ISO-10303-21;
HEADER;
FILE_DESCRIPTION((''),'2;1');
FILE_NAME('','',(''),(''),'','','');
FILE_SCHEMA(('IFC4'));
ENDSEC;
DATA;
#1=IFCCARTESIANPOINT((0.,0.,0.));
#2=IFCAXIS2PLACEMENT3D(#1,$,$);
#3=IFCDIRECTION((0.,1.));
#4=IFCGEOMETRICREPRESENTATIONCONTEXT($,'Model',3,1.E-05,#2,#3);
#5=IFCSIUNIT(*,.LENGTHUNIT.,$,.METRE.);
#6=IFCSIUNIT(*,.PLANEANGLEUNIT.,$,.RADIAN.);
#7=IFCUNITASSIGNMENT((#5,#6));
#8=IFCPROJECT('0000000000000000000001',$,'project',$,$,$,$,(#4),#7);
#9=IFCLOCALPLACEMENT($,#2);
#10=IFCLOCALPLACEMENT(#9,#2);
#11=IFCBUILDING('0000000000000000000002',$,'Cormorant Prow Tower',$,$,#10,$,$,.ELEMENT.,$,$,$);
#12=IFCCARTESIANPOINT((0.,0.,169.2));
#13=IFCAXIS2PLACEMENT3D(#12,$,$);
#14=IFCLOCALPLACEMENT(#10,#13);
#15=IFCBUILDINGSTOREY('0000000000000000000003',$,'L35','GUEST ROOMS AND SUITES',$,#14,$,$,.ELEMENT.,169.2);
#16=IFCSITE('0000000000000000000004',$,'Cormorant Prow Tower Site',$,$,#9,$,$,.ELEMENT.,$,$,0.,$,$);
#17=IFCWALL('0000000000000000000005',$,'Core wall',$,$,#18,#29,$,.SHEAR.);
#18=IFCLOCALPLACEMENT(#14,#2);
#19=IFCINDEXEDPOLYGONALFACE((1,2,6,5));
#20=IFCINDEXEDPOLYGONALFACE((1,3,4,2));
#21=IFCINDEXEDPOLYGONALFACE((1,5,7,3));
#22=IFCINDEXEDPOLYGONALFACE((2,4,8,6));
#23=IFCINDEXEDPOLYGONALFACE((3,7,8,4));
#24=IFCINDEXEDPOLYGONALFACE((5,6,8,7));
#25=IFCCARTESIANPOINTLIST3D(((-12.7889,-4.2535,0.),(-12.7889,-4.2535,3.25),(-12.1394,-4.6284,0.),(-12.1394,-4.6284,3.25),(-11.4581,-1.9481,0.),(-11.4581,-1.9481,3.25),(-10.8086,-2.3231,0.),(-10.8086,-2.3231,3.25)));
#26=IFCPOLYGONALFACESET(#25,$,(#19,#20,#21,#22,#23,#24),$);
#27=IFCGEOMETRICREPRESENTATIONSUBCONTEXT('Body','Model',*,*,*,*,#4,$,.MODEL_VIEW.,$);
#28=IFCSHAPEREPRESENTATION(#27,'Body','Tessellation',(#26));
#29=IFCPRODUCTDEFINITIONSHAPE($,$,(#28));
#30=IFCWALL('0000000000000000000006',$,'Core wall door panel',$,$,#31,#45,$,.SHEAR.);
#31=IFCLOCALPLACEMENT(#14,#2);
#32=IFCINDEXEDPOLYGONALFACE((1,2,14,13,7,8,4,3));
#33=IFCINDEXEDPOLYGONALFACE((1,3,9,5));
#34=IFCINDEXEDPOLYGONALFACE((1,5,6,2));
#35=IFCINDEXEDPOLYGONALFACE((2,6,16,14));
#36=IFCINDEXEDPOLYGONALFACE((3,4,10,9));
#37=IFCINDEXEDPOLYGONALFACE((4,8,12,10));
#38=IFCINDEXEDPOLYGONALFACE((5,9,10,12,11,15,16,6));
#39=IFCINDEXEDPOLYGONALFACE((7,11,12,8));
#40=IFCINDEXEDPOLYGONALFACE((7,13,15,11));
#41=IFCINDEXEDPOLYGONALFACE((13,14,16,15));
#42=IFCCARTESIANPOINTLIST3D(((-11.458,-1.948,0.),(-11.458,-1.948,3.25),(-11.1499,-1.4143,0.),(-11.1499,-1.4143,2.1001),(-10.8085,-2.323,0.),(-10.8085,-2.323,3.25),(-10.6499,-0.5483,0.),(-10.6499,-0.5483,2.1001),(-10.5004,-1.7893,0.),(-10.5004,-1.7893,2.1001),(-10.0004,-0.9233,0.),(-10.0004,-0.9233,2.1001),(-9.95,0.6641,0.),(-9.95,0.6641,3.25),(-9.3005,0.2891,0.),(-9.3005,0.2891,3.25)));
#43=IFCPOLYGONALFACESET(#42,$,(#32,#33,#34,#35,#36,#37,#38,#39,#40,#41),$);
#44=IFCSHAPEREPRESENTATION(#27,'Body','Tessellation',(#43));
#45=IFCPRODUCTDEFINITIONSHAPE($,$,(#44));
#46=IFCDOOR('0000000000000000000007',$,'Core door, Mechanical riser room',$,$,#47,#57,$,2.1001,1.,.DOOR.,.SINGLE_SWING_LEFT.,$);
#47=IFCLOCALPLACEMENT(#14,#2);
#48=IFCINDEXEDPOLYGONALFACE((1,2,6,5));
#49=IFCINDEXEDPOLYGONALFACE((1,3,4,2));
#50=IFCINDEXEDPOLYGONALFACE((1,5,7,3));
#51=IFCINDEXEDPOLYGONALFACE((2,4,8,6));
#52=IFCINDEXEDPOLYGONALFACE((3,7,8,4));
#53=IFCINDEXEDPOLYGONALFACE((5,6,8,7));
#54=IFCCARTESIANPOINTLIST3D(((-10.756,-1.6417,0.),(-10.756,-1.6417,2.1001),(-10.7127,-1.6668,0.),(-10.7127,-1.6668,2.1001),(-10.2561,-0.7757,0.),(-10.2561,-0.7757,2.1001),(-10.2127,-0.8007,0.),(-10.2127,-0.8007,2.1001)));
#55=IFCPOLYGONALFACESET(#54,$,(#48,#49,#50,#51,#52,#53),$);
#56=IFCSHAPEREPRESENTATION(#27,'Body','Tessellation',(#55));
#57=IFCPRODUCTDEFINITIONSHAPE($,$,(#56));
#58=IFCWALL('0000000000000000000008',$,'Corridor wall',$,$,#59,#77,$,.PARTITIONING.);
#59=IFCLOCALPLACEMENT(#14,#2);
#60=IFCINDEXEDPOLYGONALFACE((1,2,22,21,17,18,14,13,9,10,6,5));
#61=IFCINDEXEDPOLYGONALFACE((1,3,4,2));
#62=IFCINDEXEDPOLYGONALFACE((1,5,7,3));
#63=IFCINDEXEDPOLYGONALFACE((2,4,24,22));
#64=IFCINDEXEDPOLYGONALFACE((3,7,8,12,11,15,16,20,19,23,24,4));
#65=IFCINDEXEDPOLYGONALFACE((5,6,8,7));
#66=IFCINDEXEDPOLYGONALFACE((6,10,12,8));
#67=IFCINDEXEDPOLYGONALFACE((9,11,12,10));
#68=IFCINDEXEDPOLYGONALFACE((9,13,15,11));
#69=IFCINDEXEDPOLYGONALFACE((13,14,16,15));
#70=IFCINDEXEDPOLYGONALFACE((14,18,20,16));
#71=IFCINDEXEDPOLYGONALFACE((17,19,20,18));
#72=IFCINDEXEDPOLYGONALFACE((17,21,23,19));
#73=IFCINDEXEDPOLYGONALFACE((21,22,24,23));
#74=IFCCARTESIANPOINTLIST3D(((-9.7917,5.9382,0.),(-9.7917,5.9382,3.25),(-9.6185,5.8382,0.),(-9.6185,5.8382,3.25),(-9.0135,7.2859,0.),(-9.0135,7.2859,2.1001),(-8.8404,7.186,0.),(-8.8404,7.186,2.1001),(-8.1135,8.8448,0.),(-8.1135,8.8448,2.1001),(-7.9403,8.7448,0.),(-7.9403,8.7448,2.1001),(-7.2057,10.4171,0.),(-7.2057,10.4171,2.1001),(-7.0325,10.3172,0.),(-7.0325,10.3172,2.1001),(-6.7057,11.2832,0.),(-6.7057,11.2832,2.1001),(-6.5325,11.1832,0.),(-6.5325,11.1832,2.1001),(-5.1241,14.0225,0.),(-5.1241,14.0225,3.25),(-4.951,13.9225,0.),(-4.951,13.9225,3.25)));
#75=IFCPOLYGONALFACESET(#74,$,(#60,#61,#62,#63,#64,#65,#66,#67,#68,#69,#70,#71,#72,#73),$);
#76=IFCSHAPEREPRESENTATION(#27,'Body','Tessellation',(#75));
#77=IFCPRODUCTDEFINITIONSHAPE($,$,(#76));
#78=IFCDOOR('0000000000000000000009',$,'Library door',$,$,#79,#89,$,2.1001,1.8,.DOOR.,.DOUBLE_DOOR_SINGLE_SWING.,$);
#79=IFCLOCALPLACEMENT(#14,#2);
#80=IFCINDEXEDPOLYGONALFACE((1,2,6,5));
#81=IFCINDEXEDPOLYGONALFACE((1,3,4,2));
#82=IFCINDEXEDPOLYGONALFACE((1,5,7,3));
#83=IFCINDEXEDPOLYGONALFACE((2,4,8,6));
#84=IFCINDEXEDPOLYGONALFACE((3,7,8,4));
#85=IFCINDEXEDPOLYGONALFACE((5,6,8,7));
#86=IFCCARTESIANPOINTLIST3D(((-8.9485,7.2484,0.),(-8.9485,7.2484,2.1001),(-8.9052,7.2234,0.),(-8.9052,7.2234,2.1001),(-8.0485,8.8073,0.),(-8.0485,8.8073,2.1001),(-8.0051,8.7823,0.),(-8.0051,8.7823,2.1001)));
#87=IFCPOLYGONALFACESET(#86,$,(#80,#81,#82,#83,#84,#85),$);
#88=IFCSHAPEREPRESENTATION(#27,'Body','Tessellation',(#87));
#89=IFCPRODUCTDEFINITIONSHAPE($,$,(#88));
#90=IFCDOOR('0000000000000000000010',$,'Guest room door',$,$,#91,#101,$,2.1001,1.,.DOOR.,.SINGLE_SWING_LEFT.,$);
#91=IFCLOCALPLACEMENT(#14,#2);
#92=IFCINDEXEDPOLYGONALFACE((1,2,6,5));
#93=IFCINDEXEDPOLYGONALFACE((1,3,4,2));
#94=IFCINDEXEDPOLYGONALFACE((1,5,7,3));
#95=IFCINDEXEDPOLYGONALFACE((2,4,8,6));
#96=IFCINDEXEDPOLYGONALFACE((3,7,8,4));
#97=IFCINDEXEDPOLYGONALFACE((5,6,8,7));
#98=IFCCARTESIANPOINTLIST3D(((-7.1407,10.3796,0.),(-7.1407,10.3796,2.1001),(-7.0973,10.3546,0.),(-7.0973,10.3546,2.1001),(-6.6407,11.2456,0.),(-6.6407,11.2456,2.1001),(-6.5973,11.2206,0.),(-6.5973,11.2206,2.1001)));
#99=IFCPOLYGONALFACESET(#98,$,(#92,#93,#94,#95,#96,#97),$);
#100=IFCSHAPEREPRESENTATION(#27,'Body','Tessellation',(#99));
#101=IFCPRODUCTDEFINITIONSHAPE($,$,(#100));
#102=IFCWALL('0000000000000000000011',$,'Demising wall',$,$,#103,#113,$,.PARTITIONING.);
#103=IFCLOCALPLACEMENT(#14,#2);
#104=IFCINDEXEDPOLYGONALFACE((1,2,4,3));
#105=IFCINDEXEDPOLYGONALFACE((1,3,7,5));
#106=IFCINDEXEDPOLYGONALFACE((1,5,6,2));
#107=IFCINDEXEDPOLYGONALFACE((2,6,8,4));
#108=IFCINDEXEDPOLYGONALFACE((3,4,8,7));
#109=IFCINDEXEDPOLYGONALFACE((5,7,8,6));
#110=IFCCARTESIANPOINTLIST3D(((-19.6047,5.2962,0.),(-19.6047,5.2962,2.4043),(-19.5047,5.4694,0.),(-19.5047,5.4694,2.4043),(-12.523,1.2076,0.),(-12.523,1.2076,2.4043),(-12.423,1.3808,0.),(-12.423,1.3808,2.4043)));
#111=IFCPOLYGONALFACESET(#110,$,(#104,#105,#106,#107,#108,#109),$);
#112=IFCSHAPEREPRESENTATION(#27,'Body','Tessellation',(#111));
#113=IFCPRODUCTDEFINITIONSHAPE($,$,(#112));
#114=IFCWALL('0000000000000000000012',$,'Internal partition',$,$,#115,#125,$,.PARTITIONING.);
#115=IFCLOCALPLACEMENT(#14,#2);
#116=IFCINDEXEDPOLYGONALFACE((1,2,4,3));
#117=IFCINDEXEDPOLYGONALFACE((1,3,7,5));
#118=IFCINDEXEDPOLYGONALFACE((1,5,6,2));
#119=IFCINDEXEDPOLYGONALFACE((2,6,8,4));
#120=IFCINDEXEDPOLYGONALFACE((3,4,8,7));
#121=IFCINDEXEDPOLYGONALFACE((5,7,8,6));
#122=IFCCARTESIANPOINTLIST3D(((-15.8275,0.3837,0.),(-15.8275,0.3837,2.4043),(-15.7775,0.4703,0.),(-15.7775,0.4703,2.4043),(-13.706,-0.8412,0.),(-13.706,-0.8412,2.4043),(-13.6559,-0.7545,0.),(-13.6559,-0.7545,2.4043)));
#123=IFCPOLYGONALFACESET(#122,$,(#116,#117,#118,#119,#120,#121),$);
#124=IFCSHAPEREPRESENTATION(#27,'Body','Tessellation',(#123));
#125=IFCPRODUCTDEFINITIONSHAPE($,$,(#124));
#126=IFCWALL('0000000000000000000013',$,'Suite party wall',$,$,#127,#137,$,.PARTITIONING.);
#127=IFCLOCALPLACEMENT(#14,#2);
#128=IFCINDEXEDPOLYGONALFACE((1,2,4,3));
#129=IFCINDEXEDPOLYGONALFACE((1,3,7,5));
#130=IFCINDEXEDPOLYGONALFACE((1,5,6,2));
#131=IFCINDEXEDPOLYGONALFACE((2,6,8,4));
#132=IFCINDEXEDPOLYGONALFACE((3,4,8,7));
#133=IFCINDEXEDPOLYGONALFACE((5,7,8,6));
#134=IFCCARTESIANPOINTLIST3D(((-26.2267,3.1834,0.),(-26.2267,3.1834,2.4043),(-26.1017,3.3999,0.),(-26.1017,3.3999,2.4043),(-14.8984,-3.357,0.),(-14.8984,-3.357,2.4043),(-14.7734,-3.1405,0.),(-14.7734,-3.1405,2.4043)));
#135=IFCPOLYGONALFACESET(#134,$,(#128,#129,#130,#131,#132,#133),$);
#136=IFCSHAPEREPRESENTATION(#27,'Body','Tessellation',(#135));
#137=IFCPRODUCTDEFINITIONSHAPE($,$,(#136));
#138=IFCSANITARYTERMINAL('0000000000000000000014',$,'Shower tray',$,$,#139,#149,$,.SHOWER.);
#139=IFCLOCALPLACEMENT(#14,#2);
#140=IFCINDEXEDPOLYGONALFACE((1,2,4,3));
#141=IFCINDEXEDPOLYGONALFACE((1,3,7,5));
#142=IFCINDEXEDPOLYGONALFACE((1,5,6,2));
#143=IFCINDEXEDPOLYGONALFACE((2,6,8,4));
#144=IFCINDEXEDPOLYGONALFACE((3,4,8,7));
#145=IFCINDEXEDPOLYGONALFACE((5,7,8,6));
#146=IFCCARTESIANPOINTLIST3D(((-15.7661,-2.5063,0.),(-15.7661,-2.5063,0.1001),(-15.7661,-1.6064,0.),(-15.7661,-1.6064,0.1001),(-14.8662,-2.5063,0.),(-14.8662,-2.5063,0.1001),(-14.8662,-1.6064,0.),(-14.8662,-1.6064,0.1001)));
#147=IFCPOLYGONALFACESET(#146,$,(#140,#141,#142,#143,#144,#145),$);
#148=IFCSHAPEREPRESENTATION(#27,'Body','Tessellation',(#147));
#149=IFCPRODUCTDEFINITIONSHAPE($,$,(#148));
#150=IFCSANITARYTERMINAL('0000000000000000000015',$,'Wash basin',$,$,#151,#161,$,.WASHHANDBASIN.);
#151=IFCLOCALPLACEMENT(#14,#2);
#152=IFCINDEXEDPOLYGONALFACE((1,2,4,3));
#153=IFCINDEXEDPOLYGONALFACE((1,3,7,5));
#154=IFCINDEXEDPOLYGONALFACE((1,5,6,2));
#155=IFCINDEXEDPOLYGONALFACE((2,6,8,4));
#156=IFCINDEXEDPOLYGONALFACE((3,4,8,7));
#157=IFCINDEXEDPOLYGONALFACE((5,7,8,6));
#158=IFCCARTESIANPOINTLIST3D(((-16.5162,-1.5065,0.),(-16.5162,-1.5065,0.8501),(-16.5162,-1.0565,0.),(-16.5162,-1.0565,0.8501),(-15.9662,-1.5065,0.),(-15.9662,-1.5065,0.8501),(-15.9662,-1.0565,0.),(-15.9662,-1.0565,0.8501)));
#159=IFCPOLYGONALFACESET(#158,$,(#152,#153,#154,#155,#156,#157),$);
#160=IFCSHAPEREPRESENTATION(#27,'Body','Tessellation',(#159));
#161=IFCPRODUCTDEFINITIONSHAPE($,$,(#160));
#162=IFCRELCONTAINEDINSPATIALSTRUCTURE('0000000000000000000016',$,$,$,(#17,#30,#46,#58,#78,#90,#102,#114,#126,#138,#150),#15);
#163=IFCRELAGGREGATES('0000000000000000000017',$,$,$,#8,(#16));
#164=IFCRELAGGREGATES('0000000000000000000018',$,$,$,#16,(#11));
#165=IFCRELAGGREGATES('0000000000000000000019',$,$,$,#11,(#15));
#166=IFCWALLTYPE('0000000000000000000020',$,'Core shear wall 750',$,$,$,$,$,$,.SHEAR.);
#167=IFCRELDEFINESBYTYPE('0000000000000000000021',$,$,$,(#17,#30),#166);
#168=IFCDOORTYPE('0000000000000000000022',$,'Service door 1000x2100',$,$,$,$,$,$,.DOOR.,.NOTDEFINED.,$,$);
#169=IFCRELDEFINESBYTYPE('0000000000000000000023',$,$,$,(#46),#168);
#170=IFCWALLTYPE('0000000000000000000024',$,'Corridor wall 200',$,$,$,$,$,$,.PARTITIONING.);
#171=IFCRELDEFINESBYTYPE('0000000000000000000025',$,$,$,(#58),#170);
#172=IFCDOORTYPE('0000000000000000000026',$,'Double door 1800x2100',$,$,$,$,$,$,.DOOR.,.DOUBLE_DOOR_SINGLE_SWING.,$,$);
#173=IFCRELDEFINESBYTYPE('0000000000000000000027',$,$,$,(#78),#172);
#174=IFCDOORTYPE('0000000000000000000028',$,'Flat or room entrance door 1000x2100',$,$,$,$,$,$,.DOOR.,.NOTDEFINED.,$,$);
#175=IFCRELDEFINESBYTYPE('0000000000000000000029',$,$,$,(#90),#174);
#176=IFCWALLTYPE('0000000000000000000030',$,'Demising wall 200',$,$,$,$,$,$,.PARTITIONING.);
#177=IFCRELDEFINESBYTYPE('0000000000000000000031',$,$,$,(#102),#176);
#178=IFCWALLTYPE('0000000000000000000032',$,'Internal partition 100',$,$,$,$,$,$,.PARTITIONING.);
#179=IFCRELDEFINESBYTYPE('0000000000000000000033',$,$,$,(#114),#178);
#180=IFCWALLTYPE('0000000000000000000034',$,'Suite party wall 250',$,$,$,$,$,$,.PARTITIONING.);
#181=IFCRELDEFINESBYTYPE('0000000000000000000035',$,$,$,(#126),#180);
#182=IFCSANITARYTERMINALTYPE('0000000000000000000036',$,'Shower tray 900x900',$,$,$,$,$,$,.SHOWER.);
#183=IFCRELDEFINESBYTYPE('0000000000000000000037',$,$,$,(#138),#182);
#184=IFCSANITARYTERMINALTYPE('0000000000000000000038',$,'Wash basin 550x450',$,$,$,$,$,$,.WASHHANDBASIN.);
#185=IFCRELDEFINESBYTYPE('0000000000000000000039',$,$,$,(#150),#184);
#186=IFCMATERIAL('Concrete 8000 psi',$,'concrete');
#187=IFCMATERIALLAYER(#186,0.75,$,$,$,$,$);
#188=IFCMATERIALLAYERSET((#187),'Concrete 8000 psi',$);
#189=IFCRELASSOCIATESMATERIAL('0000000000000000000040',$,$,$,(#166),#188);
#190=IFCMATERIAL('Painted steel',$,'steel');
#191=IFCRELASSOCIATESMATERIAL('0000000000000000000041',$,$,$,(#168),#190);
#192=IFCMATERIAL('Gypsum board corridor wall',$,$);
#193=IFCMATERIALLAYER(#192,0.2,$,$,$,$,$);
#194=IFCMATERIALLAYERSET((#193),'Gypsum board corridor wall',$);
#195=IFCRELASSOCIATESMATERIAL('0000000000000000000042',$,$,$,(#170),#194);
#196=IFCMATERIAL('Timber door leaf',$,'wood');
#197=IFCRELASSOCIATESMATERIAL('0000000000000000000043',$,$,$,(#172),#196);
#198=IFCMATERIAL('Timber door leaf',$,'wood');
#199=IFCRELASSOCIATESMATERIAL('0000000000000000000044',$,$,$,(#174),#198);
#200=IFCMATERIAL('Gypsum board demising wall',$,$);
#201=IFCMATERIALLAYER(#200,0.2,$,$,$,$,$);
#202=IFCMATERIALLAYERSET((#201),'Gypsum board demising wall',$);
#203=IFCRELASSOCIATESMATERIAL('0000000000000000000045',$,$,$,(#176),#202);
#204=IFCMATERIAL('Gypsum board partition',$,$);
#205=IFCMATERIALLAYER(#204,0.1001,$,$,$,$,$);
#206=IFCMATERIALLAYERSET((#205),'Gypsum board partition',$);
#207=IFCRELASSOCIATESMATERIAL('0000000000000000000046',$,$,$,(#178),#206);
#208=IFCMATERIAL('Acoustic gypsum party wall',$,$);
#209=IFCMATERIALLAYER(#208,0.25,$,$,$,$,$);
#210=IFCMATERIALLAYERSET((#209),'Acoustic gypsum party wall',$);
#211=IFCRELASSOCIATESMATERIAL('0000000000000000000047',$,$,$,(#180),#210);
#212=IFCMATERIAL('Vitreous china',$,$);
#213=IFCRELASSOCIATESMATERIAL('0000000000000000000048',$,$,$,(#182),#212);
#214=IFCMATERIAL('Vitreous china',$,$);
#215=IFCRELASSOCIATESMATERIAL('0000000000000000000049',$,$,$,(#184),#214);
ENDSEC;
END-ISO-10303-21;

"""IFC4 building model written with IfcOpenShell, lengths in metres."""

from ifc_helpers import new_model, si_unit, direction, frame, frame_2d, origin, origin_2d, place, context, subcontext, project, spatial, rectangle, extrude, material, layer, layer_set, type_object, element, fill, save


model = new_model("IFC4")

# Units and contexts
model_context = context("Model", 3, precision=1e-05, world=origin(), true_north=direction((0.0, 1.0)))
body_context = subcontext(model_context, "Body", "Model", "MODEL_VIEW")
ifc_project = project(units=[si_unit("LENGTHUNIT", "METRE"), si_unit("PLANEANGLEUNIT", "RADIAN")], contexts=[model_context])

# Site, building, storey
site_placement = place(None, origin())
site = spatial("IfcSite", under=ifc_project, at=site_placement, Name="Cormorant Prow Tower Site", CompositionType="ELEMENT", RefElevation=0.0)
building_placement = place(site_placement, origin())
building = spatial("IfcBuilding", under=site, at=building_placement, Name="Cormorant Prow Tower", CompositionType="ELEMENT")
storey_placement = place(building_placement, frame((0.0, 0.0, 169.2)))
storey = spatial("IfcBuildingStorey", under=building, at=storey_placement, Name="L35", Description="GUEST ROOMS AND SUITES", CompositionType="ELEMENT", Elevation=169.2)

# Wall
ifc_material_1 = material(Name="Concrete 8000 psi", Category="concrete")
ifc_layer_1 = layer(ifc_material_1, 0.75)
ifc_layer_set_1 = layer_set([ifc_layer_1], Name="Concrete 8000 psi")
wall_type_1 = type_object("IfcWallType", Name="Core shear wall 750", PredefinedType="SHEAR", material=ifc_layer_set_1)
wall_1_placement = place(storey_placement, frame((-11.1333, -2.1355, 0.0), z_axis=(0.0, 0.0, 1.0), x_axis=(-0.499937, -0.866062, 0.0)))
element("IfcWall", 1, at=wall_1_placement, inside=storey, type_object=wall_type_1, Name="Core wall", PredefinedType="SHEAR", context=body_context, shape_type="SweptSolid", body=[
    extrude(rectangle(XDim=2.6619, YDim=0.75, at=frame_2d((1.3311, 0.0))), origin(), (0.0, 0.0, 1.0), 3.25),
])

# Wall, opening, door
wall_2_placement = place(storey_placement, frame((-9.6252, 0.4766, 0.0), z_axis=(0.0, 0.0, 1.0), x_axis=(-0.499996, -0.866028, 0.0)))
wall_2 = element("IfcWall", 2, at=wall_2_placement, inside=storey, type_object=wall_type_1, Name="Core wall door panel", PredefinedType="SHEAR", context=body_context, shape_type="SweptSolid", body=[
    extrude(rectangle(XDim=3.0161, YDim=0.75, at=frame_2d((1.5081, 0.0))), origin(), (0.0, 0.0, 1.0), 3.25),
])
opening_1_placement = place(wall_2_placement, frame((1.3999, 0.0, 0.0)))
opening_1 = element("IfcOpeningElement", 3, at=opening_1_placement, cuts=wall_2, PredefinedType="OPENING", context=body_context, shape_type="SweptSolid", body=[
    extrude(rectangle(XDim=1.0, YDim=2.1001, at=frame_2d((0.5, 1.05))), frame((0.0, 0.385, 0.0), z_axis=(0.0, -1.0, 0.0), x_axis=(1.0, 0.0, 0.0)), (0.0, 0.0, 1.0), 0.77),
])
ifc_material_2 = material(Name="Painted steel", Category="steel")
door_type_1 = type_object("IfcDoorType", Name="Service door 1000x2100", OperationType="NOTDEFINED", PredefinedType="DOOR", material=ifc_material_2)
door_1_placement = place(opening_1_placement, origin())
door_1 = element("IfcDoor", 4, at=door_1_placement, inside=storey, type_object=door_type_1, Name="Core door, Mechanical riser room", OperationType="SINGLE_SWING_LEFT", OverallHeight=2.1001, OverallWidth=1.0, PredefinedType="DOOR", context=body_context, shape_type="SweptSolid", body=[
    extrude(rectangle(XDim=1.0, YDim=2.1001, at=frame_2d((0.5, 1.05))), frame((0.0, 0.1299, 0.0), z_axis=(0.0, -1.0, 0.0), x_axis=(1.0, 0.0, 0.0)), (0.0, 0.0, 1.0), 0.05),
])
fill(opening_1, door_1)

# Wall, openings, doors
ifc_material_3 = material(Name="Gypsum board corridor wall")
ifc_layer_2 = layer(ifc_material_3, 0.2)
ifc_layer_set_2 = layer_set([ifc_layer_2], Name="Gypsum board corridor wall")
wall_type_2 = type_object("IfcWallType", Name="Corridor wall 200", PredefinedType="PARTITIONING", material=ifc_layer_set_2)
wall_3_placement = place(storey_placement, frame((-9.7051, 5.8882, 0.0), z_axis=(0.0, 0.0, 1.0), x_axis=(0.500004, 0.866023, 0.0)))
wall_3 = element("IfcWall", 5, at=wall_3_placement, inside=storey, type_object=wall_type_2, Name="Corridor wall", PredefinedType="PARTITIONING", context=body_context, shape_type="SweptSolid", body=[
    extrude(rectangle(XDim=9.335, YDim=0.2, at=frame_2d((4.6675, 0.0))), origin(), (0.0, 0.0, 1.0), 3.25),
])
opening_2_placement = place(wall_3_placement, frame((5.1719, 0.0, 0.0)))
opening_2 = element("IfcOpeningElement", 6, at=opening_2_placement, cuts=wall_3, PredefinedType="OPENING", context=body_context, shape_type="SweptSolid", body=[
    extrude(rectangle(XDim=1.0, YDim=2.1001, at=frame_2d((0.5, 1.05))), frame((0.0, 0.1099, 0.0), z_axis=(0.0, -1.0, 0.0), x_axis=(1.0, 0.0, 0.0)), (0.0, 0.0, 1.0), 0.22),
])
opening_3_placement = place(wall_3_placement, frame((1.5564, 0.0, 0.0)))
opening_3 = element("IfcOpeningElement", 7, at=opening_3_placement, cuts=wall_3, PredefinedType="OPENING", context=body_context, shape_type="SweptSolid", body=[
    extrude(rectangle(XDim=1.8, YDim=2.1001, at=frame_2d((0.8999, 1.05))), frame((0.0, 0.1099, 0.0), z_axis=(0.0, -1.0, 0.0), x_axis=(1.0, 0.0, 0.0)), (0.0, 0.0, 1.0), 0.22),
])
ifc_material_4 = material(Name="Timber door leaf", Category="wood")
door_type_2 = type_object("IfcDoorType", Name="Double door 1800x2100", OperationType="DOUBLE_DOOR_SINGLE_SWING", PredefinedType="DOOR", material=ifc_material_4)
door_2_placement = place(opening_3_placement, origin())
door_2 = element("IfcDoor", 8, at=door_2_placement, inside=storey, type_object=door_type_2, Name="Library door", OperationType="DOUBLE_DOOR_SINGLE_SWING", OverallHeight=2.1001, OverallWidth=1.8, PredefinedType="DOOR", context=body_context, shape_type="SweptSolid", body=[
    extrude(rectangle(XDim=1.8, YDim=2.1001, at=frame_2d((0.8999, 1.05))), frame((0.0, 0.0249, 0.0), z_axis=(0.0, -1.0, 0.0), x_axis=(1.0, 0.0, 0.0)), (0.0, 0.0, 1.0), 0.05),
])
fill(opening_3, door_2)
ifc_material_5 = material(Name="Timber door leaf", Category="wood")
door_type_3 = type_object("IfcDoorType", Name="Flat or room entrance door 1000x2100", OperationType="NOTDEFINED", PredefinedType="DOOR", material=ifc_material_5)
door_3_placement = place(opening_2_placement, origin())
door_3 = element("IfcDoor", 9, at=door_3_placement, inside=storey, type_object=door_type_3, Name="Guest room door", OperationType="SINGLE_SWING_LEFT", OverallHeight=2.1001, OverallWidth=1.0, PredefinedType="DOOR", context=body_context, shape_type="SweptSolid", body=[
    extrude(rectangle(XDim=1.0, YDim=2.1001, at=frame_2d((0.5, 1.05))), frame((0.0, 0.0249, 0.0), z_axis=(0.0, -1.0, 0.0), x_axis=(1.0, 0.0, 0.0)), (0.0, 0.0, 1.0), 0.05),
])
fill(opening_2, door_3)

# Walls
ifc_material_6 = material(Name="Gypsum board demising wall")
ifc_layer_3 = layer(ifc_material_6, 0.2)
ifc_layer_set_3 = layer_set([ifc_layer_3], Name="Gypsum board demising wall")
wall_type_3 = type_object("IfcWallType", Name="Demising wall 200", PredefinedType="PARTITIONING", material=ifc_layer_set_3)
wall_4_placement = place(storey_placement, frame((-19.5547, 5.3828, 0.0), z_axis=(0.0, 0.0, 1.0), x_axis=(0.866028, -0.499996, 0.0)))
element("IfcWall", 10, at=wall_4_placement, inside=storey, type_object=wall_type_3, Name="Demising wall", PredefinedType="PARTITIONING", context=body_context, shape_type="SweptSolid", body=[
    extrude(rectangle(XDim=8.1772, YDim=0.2, at=frame_2d((4.0886, 0.0))), origin(), (0.0, 0.0, 1.0), 2.4043),
])
ifc_material_7 = material(Name="Gypsum board partition")
ifc_layer_4 = layer(ifc_material_7, 0.1001)
ifc_layer_set_4 = layer_set([ifc_layer_4], Name="Gypsum board partition")
wall_type_4 = type_object("IfcWallType", Name="Internal partition 100", PredefinedType="PARTITIONING", material=ifc_layer_set_4)
wall_5_placement = place(storey_placement, frame((-15.8025, 0.427, 0.0), z_axis=(0.0, 0.0, 1.0), x_axis=(0.866033, -0.499987, 0.0)))
element("IfcWall", 11, at=wall_5_placement, inside=storey, type_object=wall_type_4, Name="Internal partition", PredefinedType="PARTITIONING", context=body_context, shape_type="SweptSolid", body=[
    extrude(rectangle(XDim=2.4497, YDim=0.1001, at=frame_2d((1.2249, 0.0))), origin(), (0.0, 0.0, 1.0), 2.4043),
])
ifc_material_8 = material(Name="Acoustic gypsum party wall")
ifc_layer_5 = layer(ifc_material_8, 0.25)
ifc_layer_set_5 = layer_set([ifc_layer_5], Name="Acoustic gypsum party wall")
wall_type_5 = type_object("IfcWallType", Name="Suite party wall 250", PredefinedType="PARTITIONING", material=ifc_layer_set_5)
wall_6_placement = place(storey_placement, frame((-26.1643, 3.2917, 0.0), z_axis=(0.0, 0.0, 1.0), x_axis=(0.866022, -0.500005, 0.0)))
element("IfcWall", 12, at=wall_6_placement, inside=storey, type_object=wall_type_5, Name="Suite party wall", PredefinedType="PARTITIONING", context=body_context, shape_type="SweptSolid", body=[
    extrude(rectangle(XDim=13.0808, YDim=0.25, at=frame_2d((6.5405, 0.0))), origin(), (0.0, 0.0, 1.0), 2.4043),
])

# Sanitary terminals
ifc_material_9 = material(Name="Vitreous china")
sanitary_terminal_type_1 = type_object("IfcSanitaryTerminalType", Name="Shower tray 900x900", PredefinedType="SHOWER", material=ifc_material_9)
sanitary_terminal_1_placement = place(storey_placement, frame((-15.3162, -2.0564, 0.0), z_axis=(0.0, 0.0, 1.0), x_axis=(1.0, 0.0, 0.0)))
element("IfcSanitaryTerminal", 13, at=sanitary_terminal_1_placement, inside=storey, type_object=sanitary_terminal_type_1, Name="Shower tray", PredefinedType="SHOWER", context=body_context, shape_type="SweptSolid", body=[
    extrude(rectangle(XDim=0.8999, YDim=0.8999, at=origin_2d()), origin(), (0.0, 0.0, 1.0), 0.1001),
])
ifc_material_10 = material(Name="Vitreous china")
sanitary_terminal_type_2 = type_object("IfcSanitaryTerminalType", Name="Wash basin 550x450", PredefinedType="WASHHANDBASIN", material=ifc_material_10)
sanitary_terminal_2_placement = place(storey_placement, frame((-16.2412, -1.2815, 0.0), z_axis=(0.0, 0.0, 1.0), x_axis=(1.0, 0.0, 0.0)))
element("IfcSanitaryTerminal", 14, at=sanitary_terminal_2_placement, inside=storey, type_object=sanitary_terminal_type_2, Name="Wash basin", PredefinedType="WASHHANDBASIN", context=body_context, shape_type="SweptSolid", body=[
    extrude(rectangle(XDim=0.55, YDim=0.45, at=origin_2d()), origin(), (0.0, 0.0, 1.0), 0.8501),
])

save(model, "model.ifc")
